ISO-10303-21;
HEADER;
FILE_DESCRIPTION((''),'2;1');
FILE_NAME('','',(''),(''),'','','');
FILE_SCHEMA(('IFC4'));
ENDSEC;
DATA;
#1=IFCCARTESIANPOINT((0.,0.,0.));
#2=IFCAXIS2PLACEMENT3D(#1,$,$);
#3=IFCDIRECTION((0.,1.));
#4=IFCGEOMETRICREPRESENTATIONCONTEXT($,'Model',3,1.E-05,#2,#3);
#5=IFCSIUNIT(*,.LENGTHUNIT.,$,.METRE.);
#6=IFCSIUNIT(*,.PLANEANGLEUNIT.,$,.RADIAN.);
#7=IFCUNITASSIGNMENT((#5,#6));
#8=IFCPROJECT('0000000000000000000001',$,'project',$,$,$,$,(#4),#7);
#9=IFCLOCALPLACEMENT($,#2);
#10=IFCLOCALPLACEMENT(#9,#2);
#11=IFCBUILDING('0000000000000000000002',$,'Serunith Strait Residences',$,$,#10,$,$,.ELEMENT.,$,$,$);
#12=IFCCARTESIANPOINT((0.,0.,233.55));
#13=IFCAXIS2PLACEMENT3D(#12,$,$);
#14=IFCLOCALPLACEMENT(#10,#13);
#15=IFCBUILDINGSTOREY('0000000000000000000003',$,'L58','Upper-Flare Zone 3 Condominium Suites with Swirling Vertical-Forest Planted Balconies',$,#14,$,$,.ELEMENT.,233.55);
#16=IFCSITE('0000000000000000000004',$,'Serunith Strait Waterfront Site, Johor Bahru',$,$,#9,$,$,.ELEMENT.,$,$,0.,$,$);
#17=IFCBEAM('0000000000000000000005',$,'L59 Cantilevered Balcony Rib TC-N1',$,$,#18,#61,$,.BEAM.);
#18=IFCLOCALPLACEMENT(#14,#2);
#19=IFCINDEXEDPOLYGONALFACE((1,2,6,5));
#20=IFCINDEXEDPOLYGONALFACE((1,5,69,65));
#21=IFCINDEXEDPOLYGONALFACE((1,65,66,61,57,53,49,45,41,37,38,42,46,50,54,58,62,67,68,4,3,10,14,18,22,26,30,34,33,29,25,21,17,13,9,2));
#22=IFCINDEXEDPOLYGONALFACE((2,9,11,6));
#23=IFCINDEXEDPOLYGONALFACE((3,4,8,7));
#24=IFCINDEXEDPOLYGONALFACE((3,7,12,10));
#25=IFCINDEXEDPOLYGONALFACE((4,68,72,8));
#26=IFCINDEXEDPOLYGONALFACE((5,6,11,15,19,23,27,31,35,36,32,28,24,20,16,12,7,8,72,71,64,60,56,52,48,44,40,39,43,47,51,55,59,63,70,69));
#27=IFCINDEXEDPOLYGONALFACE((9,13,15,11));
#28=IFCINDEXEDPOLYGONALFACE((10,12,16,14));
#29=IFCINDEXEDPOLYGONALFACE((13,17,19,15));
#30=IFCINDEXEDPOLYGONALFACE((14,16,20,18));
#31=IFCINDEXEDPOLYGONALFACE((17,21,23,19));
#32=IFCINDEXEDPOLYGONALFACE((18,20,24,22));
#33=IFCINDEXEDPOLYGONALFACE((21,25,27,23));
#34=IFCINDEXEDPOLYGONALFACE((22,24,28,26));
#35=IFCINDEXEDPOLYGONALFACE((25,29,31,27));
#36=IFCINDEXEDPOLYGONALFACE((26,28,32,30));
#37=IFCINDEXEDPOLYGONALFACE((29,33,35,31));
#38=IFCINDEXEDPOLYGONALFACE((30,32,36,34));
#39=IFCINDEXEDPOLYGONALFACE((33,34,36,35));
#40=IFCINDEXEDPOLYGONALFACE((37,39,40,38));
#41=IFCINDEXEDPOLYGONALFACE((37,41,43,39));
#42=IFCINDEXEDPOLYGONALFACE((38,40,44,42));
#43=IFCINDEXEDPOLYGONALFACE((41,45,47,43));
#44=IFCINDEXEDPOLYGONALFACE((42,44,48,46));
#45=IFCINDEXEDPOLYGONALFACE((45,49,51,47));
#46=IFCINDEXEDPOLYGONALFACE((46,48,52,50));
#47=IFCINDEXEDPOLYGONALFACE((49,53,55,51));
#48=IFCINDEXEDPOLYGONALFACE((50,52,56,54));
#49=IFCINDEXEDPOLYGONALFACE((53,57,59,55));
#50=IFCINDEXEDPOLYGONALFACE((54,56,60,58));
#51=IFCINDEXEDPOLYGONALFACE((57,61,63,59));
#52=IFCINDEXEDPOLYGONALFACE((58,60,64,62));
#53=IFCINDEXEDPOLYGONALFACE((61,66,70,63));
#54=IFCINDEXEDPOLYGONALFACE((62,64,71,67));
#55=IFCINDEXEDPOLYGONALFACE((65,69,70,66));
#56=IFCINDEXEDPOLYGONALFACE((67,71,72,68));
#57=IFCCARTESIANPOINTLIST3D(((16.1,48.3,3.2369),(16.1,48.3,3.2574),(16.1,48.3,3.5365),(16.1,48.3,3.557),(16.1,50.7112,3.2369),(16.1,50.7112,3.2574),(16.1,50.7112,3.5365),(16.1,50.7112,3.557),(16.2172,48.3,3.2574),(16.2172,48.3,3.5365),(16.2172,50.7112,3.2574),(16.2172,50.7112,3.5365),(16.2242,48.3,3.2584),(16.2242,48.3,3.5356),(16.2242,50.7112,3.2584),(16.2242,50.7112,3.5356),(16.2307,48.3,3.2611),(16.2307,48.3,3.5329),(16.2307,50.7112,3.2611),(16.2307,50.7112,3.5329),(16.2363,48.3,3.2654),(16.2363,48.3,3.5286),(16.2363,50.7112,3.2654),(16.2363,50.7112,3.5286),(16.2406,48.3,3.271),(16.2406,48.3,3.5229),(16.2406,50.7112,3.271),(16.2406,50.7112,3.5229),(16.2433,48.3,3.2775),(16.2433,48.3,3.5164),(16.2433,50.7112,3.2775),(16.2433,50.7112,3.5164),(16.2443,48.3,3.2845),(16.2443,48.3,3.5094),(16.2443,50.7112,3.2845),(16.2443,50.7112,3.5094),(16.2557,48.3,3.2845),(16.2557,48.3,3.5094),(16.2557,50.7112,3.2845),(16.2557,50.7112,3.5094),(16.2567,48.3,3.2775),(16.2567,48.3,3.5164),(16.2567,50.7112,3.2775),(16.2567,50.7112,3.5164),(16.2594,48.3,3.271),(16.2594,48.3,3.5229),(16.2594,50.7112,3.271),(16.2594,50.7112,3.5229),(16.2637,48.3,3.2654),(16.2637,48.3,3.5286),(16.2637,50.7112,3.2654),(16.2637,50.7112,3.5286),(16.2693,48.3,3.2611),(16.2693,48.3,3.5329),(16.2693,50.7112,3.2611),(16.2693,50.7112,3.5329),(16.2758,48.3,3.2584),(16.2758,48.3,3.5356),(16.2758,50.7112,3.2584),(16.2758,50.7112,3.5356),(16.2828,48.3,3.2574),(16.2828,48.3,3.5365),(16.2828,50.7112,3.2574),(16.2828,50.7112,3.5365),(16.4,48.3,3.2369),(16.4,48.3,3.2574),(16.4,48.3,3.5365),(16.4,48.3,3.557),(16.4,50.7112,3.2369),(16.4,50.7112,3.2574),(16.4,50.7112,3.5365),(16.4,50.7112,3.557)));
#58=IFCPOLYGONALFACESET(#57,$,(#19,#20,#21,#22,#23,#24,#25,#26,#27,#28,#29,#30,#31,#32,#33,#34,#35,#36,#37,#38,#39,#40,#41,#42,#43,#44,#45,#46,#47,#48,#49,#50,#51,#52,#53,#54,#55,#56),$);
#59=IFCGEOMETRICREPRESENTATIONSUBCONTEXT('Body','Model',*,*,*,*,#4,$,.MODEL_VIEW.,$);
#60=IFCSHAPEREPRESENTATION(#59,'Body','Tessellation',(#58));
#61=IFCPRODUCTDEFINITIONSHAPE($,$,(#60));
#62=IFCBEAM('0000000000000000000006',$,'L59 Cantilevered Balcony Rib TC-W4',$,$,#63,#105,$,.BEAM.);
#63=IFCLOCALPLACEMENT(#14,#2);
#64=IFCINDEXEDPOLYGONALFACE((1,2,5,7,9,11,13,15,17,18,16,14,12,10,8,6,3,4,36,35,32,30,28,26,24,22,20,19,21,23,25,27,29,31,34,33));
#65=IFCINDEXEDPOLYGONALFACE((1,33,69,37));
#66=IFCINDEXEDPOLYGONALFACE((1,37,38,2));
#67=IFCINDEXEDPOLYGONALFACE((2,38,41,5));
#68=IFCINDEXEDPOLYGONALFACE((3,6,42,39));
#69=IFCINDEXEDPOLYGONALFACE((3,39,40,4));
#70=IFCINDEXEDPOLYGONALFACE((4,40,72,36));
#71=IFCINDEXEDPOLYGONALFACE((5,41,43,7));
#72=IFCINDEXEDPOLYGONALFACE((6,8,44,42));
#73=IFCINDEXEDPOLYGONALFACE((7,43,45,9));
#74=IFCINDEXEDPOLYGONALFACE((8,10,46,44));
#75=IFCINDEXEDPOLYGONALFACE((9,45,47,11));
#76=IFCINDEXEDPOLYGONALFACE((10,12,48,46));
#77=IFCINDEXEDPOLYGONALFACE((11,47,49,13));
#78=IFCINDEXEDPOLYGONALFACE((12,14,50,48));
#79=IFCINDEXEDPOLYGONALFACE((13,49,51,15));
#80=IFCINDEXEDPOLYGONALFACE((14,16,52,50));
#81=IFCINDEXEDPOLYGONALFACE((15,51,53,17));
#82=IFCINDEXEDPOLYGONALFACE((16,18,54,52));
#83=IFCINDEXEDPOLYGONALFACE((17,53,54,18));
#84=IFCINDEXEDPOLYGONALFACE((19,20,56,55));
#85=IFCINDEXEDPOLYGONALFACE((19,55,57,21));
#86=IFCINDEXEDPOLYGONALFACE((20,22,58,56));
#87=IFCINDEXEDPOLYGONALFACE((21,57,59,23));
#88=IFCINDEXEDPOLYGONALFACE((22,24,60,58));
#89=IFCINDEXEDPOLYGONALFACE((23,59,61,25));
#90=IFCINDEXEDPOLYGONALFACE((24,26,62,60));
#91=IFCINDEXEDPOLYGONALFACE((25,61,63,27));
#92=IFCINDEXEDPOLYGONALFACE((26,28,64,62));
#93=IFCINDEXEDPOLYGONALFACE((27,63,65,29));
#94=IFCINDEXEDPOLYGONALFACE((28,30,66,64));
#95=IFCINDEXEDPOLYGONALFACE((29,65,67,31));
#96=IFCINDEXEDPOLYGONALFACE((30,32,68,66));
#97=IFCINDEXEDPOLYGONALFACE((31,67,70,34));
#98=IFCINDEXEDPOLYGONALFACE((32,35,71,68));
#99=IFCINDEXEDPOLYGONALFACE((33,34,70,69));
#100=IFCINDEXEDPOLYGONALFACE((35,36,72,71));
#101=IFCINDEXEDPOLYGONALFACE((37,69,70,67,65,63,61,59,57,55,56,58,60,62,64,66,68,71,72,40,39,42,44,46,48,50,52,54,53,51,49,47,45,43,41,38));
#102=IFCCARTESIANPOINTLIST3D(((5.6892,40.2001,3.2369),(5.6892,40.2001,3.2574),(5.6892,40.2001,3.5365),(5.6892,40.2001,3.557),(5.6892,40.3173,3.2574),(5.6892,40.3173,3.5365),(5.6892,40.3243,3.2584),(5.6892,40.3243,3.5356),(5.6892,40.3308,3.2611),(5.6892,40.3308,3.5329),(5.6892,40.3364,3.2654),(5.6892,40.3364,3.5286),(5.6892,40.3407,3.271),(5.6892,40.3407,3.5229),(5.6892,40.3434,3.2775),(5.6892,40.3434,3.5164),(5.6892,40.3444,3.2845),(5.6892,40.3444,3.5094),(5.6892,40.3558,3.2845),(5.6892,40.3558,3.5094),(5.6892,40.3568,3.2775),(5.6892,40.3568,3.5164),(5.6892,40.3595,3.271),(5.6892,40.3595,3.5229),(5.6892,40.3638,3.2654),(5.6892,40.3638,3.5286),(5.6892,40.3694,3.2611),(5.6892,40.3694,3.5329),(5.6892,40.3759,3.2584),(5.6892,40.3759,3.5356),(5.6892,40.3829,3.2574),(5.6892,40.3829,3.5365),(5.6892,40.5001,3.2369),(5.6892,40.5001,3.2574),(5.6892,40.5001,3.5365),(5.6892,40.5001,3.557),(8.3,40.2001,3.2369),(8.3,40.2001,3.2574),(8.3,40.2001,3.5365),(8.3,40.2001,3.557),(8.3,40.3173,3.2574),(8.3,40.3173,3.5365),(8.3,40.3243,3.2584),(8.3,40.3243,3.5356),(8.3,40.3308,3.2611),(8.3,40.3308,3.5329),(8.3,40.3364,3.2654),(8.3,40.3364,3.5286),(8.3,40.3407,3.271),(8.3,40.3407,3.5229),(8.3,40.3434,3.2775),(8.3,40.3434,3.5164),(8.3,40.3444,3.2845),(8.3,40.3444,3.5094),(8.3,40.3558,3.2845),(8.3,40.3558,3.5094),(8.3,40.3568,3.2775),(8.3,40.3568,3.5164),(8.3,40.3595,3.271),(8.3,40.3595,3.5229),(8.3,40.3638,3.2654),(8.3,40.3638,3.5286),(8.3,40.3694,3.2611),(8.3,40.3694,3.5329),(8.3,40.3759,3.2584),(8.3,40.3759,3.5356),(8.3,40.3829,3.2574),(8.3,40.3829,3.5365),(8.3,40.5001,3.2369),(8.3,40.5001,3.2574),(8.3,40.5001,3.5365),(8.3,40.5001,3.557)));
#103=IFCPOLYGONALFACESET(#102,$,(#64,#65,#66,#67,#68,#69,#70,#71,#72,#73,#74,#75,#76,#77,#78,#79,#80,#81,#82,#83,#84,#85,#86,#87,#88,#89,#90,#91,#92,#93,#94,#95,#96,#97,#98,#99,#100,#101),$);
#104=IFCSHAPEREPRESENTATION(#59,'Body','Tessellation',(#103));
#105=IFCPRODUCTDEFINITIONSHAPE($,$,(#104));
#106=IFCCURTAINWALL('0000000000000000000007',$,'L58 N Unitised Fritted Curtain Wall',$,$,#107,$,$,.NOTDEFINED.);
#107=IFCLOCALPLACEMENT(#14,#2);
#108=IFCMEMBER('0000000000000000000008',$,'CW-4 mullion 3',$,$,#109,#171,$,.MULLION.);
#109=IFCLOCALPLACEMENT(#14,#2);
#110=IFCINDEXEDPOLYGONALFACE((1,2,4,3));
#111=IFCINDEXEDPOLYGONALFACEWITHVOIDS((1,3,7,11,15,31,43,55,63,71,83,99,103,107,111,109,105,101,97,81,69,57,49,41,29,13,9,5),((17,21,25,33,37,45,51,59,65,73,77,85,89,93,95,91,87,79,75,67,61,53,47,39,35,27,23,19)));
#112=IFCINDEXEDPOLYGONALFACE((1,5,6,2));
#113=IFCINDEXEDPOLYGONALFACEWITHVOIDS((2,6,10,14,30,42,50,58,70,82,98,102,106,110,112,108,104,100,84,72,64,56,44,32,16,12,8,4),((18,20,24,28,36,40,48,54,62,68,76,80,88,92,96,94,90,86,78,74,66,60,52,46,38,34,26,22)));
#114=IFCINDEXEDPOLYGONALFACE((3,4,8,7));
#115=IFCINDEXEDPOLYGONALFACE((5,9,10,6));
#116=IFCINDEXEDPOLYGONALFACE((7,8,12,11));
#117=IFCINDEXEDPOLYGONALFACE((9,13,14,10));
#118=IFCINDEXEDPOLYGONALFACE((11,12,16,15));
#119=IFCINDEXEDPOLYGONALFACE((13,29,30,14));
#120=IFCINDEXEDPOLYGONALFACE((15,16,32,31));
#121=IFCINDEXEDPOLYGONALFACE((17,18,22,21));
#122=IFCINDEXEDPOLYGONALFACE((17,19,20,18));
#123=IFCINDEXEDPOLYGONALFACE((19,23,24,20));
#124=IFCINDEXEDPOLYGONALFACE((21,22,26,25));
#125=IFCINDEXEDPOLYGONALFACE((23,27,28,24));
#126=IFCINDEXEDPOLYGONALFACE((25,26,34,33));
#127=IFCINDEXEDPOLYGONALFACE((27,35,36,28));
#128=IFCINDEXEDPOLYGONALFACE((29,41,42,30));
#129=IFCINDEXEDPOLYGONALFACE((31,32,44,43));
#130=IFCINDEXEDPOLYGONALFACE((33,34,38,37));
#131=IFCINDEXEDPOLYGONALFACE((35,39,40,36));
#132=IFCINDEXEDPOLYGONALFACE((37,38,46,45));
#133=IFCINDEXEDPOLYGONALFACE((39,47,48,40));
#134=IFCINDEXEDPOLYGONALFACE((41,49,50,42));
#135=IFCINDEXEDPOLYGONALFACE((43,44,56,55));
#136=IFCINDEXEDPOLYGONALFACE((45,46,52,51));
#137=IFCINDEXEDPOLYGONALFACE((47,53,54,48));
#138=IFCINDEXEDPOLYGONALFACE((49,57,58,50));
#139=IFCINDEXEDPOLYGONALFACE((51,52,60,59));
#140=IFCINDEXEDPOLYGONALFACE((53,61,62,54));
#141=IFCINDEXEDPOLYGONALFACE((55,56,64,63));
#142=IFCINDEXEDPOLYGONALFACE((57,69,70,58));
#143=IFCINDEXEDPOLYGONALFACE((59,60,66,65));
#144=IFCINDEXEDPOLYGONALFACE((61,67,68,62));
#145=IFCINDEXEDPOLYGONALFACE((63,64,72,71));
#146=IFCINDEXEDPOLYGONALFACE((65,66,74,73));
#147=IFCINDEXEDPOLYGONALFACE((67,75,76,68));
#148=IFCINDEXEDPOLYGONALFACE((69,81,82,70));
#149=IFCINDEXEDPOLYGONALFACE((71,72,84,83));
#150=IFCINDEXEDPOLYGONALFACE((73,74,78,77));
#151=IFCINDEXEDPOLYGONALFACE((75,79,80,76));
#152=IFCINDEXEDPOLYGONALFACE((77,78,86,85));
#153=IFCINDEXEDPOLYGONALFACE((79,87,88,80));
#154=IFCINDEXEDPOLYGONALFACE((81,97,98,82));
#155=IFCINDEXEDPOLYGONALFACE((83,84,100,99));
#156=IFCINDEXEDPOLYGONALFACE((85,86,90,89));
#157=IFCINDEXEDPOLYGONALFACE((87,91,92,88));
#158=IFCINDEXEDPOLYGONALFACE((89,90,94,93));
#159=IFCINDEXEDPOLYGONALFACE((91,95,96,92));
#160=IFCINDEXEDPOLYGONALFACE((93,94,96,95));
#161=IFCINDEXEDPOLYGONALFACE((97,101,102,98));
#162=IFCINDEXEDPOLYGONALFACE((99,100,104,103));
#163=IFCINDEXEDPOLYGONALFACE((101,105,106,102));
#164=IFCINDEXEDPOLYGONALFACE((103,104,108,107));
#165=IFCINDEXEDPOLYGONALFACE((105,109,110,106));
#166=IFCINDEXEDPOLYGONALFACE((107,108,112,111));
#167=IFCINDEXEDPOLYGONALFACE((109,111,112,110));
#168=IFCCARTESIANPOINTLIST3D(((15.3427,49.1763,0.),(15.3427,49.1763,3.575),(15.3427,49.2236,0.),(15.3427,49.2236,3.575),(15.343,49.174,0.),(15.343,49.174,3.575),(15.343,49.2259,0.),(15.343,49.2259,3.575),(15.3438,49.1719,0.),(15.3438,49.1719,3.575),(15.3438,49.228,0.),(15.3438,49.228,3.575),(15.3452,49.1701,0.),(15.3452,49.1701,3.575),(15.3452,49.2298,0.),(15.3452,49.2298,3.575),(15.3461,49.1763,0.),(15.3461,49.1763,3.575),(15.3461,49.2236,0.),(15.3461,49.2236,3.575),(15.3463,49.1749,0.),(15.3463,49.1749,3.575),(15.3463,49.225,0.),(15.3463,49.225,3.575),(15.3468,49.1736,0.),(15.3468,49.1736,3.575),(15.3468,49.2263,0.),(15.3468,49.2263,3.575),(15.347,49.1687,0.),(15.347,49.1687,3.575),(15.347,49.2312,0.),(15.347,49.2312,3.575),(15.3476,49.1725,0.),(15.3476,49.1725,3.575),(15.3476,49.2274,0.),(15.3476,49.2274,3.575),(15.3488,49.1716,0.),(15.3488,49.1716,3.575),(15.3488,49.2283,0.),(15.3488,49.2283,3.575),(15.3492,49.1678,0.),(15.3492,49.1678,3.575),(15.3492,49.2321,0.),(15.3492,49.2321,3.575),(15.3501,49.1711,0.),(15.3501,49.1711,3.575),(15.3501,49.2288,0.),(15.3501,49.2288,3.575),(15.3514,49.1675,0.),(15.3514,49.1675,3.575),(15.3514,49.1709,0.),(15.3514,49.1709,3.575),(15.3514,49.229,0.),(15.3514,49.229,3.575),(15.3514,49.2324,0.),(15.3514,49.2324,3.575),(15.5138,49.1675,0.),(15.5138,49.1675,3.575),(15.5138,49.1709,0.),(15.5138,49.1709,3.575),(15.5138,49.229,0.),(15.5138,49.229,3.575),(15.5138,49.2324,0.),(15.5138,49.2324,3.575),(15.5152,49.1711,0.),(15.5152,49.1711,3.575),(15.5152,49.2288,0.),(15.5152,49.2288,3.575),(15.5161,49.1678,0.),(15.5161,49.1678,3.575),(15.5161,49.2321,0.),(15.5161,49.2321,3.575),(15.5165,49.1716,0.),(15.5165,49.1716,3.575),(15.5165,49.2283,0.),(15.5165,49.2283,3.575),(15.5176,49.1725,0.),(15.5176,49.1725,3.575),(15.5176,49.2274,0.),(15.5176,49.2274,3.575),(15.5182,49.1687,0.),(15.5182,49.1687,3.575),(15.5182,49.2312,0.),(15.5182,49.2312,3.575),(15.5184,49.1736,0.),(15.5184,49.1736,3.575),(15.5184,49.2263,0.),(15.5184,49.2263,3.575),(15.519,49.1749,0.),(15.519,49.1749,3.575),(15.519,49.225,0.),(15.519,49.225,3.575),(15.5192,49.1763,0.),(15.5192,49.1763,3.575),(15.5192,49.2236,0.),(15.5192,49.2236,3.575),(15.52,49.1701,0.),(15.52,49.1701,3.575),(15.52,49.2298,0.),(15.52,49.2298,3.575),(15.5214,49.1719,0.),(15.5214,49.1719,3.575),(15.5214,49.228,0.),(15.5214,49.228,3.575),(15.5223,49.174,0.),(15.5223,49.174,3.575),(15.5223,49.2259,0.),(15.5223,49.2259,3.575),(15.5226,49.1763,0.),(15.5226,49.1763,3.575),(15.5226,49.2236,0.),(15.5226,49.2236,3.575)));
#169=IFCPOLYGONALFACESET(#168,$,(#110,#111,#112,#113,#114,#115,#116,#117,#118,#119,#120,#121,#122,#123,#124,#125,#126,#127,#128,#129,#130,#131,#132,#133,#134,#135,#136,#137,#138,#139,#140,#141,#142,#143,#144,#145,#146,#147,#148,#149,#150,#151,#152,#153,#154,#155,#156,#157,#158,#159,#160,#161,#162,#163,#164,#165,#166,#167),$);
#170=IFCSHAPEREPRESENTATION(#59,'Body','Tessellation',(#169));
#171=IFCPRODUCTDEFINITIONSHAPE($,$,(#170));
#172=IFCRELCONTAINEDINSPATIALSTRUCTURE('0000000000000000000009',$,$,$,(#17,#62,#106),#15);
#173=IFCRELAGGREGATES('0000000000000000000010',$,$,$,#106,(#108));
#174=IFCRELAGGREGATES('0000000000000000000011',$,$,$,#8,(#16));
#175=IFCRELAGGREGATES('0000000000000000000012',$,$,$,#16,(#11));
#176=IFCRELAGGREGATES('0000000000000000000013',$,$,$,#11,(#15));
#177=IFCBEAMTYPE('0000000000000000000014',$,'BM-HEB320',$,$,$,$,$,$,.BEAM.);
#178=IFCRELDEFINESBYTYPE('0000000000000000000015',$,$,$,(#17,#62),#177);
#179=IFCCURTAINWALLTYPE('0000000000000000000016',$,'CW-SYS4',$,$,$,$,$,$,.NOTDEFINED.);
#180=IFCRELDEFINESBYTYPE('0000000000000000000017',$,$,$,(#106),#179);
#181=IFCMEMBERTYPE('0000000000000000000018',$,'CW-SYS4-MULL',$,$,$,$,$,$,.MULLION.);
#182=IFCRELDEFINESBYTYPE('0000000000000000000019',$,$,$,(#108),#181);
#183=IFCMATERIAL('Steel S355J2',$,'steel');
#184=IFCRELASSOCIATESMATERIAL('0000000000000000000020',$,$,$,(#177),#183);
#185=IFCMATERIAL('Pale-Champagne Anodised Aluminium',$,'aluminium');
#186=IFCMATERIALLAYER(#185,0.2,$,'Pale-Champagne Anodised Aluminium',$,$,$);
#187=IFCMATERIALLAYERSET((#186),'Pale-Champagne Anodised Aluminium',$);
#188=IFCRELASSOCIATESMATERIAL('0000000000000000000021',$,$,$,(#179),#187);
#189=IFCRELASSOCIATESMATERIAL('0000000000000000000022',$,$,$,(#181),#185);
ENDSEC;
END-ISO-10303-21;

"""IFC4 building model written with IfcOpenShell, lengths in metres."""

from ifc_helpers import new_model, si_unit, direction, frame, origin, origin_2d, place, context, subcontext, project, spatial, hollow_rectangle, i_section, extrude, source, transform, mapped, material, layer, layer_set, material_profile, profile_set, type_object, element, aggregate, save


model = new_model("IFC4")

# Units and contexts
model_context = context("Model", 3, precision=1e-05, world=origin(), true_north=direction((0.0, 1.0)))
body_context = subcontext(model_context, "Body", "Model", "MODEL_VIEW")
ifc_project = project(units=[si_unit("LENGTHUNIT", "METRE"), si_unit("PLANEANGLEUNIT", "RADIAN")], contexts=[model_context])

# Site, building, storey
site_placement = place(None, origin())
site = spatial("IfcSite", under=ifc_project, at=site_placement, Name="Serunith Strait Waterfront Site, Johor Bahru", CompositionType="ELEMENT", RefElevation=0.0)
building_placement = place(site_placement, origin())
building = spatial("IfcBuilding", under=site, at=building_placement, Name="Serunith Strait Residences", CompositionType="ELEMENT")
storey_placement = place(building_placement, frame((0.0, 0.0, 233.55)))
storey = spatial("IfcBuildingStorey", under=building, at=storey_placement, Name="L58", Description="Upper-Flare Zone 3 Condominium Suites with Swirling Vertical-Forest Planted Balconies", CompositionType="ELEMENT", Elevation=233.55)

# Beams
ifc_material_1 = material(Name="Steel S355J2", Category="steel")
ifc_material_profile_1 = material_profile(ifc_material_1, i_section(OverallWidth=0.3, OverallDepth=0.3201, WebThickness=0.0115, FlangeThickness=0.0205, FilletRadius=0.0271, at=origin_2d()), Name="HEB 320")
ifc_profile_set_1 = profile_set([ifc_material_profile_1], Name="Steel S355J2")
beam_type_1 = type_object("IfcBeamType", Name="BM-HEB320", PredefinedType="BEAM", material=ifc_profile_set_1)
shared_shape_1 = source(origin(), body_context, "Body", "SweptSolid", [
    extrude(i_section(OverallWidth=0.3, OverallDepth=0.3201, WebThickness=0.0115, FlangeThickness=0.0205, FilletRadius=0.0271, at=origin_2d()), origin(), (0.0, 0.0, 1.0), 2.4111),
])
beam_1_placement = place(storey_placement, frame((16.25, 48.3, 3.397), z_axis=(0.0, 1.0, 0.0), x_axis=(-1.0, 0.0, 0.0)))
element("IfcBeam", 1, at=beam_1_placement, inside=storey, type_object=beam_type_1, Name="L59 Cantilevered Balcony Rib TC-N1", PredefinedType="BEAM", context=body_context, shape_type="MappedRepresentation", body=[
    mapped(shared_shape_1, transform((0.0, 0.0, 0.0), scale=1.0)),
])
shared_shape_2 = source(origin(), body_context, "Body", "SweptSolid", [
    extrude(i_section(OverallWidth=0.3, OverallDepth=0.3201, WebThickness=0.0115, FlangeThickness=0.0205, FilletRadius=0.0271, at=origin_2d()), origin(), (0.0, 0.0, 1.0), 2.6108),
])
beam_2_placement = place(storey_placement, frame((8.3, 40.3501, 3.397), z_axis=(-1.0, 0.0, 0.0), x_axis=(0.0, -1.0, 0.0)))
element("IfcBeam", 2, at=beam_2_placement, inside=storey, type_object=beam_type_1, Name="L59 Cantilevered Balcony Rib TC-W4", PredefinedType="BEAM", context=body_context, shape_type="MappedRepresentation", body=[
    mapped(shared_shape_2, transform((0.0, 0.0, 0.0), scale=1.0)),
])

# Curtain wall, member
ifc_material_2 = material(Name="Pale-Champagne Anodised Aluminium", Category="aluminium")
ifc_layer_1 = layer(ifc_material_2, 0.2, Name="Pale-Champagne Anodised Aluminium")
ifc_layer_set_1 = layer_set([ifc_layer_1], Name="Pale-Champagne Anodised Aluminium")
curtain_wall_type = type_object("IfcCurtainWallType", Name="CW-SYS4", PredefinedType="NOTDEFINED", material=ifc_layer_set_1)
curtain_wall_1_placement = place(storey_placement, origin())
curtain_wall_1 = element("IfcCurtainWall", 3, at=curtain_wall_1_placement, inside=storey, type_object=curtain_wall_type, Name="L58 N Unitised Fritted Curtain Wall", PredefinedType="NOTDEFINED")
ifc_material_profile_2 = material_profile(ifc_material_2, hollow_rectangle(XDim=0.0649, YDim=0.1799, WallThickness=0.0034, InnerFilletRadius=0.0054, OuterFilletRadius=0.0088, at=origin_2d()), Name="ALU 180x65x3.5")
ifc_profile_set_2 = profile_set([ifc_material_profile_2], Name="Pale-Champagne Anodised Aluminium")
member_type_1 = type_object("IfcMemberType", Name="CW-SYS4-MULL", PredefinedType="MULLION", material=ifc_profile_set_2)
shared_shape_3 = source(origin(), body_context, "Body", "SweptSolid", [
    extrude(hollow_rectangle(XDim=0.0649, YDim=0.1799, WallThickness=0.0034, InnerFilletRadius=0.0054, OuterFilletRadius=0.0088, at=origin_2d()), origin(), (0.0, 0.0, 1.0), 3.575),
])
member_1_placement = place(storey_placement, frame((15.4326, 49.2, 0.0), z_axis=(0.0, 0.0, 1.0), x_axis=(0.0, -1.0, 0.0)))
member_1 = element("IfcMember", 4, at=member_1_placement, type_object=member_type_1, Name="CW-4 mullion 3", PredefinedType="MULLION", context=body_context, shape_type="MappedRepresentation", body=[
    mapped(shared_shape_3, transform((0.0, 0.0, 0.0), scale=1.0)),
])
aggregate(curtain_wall_1, [member_1])

save(model, "model.ifc")
